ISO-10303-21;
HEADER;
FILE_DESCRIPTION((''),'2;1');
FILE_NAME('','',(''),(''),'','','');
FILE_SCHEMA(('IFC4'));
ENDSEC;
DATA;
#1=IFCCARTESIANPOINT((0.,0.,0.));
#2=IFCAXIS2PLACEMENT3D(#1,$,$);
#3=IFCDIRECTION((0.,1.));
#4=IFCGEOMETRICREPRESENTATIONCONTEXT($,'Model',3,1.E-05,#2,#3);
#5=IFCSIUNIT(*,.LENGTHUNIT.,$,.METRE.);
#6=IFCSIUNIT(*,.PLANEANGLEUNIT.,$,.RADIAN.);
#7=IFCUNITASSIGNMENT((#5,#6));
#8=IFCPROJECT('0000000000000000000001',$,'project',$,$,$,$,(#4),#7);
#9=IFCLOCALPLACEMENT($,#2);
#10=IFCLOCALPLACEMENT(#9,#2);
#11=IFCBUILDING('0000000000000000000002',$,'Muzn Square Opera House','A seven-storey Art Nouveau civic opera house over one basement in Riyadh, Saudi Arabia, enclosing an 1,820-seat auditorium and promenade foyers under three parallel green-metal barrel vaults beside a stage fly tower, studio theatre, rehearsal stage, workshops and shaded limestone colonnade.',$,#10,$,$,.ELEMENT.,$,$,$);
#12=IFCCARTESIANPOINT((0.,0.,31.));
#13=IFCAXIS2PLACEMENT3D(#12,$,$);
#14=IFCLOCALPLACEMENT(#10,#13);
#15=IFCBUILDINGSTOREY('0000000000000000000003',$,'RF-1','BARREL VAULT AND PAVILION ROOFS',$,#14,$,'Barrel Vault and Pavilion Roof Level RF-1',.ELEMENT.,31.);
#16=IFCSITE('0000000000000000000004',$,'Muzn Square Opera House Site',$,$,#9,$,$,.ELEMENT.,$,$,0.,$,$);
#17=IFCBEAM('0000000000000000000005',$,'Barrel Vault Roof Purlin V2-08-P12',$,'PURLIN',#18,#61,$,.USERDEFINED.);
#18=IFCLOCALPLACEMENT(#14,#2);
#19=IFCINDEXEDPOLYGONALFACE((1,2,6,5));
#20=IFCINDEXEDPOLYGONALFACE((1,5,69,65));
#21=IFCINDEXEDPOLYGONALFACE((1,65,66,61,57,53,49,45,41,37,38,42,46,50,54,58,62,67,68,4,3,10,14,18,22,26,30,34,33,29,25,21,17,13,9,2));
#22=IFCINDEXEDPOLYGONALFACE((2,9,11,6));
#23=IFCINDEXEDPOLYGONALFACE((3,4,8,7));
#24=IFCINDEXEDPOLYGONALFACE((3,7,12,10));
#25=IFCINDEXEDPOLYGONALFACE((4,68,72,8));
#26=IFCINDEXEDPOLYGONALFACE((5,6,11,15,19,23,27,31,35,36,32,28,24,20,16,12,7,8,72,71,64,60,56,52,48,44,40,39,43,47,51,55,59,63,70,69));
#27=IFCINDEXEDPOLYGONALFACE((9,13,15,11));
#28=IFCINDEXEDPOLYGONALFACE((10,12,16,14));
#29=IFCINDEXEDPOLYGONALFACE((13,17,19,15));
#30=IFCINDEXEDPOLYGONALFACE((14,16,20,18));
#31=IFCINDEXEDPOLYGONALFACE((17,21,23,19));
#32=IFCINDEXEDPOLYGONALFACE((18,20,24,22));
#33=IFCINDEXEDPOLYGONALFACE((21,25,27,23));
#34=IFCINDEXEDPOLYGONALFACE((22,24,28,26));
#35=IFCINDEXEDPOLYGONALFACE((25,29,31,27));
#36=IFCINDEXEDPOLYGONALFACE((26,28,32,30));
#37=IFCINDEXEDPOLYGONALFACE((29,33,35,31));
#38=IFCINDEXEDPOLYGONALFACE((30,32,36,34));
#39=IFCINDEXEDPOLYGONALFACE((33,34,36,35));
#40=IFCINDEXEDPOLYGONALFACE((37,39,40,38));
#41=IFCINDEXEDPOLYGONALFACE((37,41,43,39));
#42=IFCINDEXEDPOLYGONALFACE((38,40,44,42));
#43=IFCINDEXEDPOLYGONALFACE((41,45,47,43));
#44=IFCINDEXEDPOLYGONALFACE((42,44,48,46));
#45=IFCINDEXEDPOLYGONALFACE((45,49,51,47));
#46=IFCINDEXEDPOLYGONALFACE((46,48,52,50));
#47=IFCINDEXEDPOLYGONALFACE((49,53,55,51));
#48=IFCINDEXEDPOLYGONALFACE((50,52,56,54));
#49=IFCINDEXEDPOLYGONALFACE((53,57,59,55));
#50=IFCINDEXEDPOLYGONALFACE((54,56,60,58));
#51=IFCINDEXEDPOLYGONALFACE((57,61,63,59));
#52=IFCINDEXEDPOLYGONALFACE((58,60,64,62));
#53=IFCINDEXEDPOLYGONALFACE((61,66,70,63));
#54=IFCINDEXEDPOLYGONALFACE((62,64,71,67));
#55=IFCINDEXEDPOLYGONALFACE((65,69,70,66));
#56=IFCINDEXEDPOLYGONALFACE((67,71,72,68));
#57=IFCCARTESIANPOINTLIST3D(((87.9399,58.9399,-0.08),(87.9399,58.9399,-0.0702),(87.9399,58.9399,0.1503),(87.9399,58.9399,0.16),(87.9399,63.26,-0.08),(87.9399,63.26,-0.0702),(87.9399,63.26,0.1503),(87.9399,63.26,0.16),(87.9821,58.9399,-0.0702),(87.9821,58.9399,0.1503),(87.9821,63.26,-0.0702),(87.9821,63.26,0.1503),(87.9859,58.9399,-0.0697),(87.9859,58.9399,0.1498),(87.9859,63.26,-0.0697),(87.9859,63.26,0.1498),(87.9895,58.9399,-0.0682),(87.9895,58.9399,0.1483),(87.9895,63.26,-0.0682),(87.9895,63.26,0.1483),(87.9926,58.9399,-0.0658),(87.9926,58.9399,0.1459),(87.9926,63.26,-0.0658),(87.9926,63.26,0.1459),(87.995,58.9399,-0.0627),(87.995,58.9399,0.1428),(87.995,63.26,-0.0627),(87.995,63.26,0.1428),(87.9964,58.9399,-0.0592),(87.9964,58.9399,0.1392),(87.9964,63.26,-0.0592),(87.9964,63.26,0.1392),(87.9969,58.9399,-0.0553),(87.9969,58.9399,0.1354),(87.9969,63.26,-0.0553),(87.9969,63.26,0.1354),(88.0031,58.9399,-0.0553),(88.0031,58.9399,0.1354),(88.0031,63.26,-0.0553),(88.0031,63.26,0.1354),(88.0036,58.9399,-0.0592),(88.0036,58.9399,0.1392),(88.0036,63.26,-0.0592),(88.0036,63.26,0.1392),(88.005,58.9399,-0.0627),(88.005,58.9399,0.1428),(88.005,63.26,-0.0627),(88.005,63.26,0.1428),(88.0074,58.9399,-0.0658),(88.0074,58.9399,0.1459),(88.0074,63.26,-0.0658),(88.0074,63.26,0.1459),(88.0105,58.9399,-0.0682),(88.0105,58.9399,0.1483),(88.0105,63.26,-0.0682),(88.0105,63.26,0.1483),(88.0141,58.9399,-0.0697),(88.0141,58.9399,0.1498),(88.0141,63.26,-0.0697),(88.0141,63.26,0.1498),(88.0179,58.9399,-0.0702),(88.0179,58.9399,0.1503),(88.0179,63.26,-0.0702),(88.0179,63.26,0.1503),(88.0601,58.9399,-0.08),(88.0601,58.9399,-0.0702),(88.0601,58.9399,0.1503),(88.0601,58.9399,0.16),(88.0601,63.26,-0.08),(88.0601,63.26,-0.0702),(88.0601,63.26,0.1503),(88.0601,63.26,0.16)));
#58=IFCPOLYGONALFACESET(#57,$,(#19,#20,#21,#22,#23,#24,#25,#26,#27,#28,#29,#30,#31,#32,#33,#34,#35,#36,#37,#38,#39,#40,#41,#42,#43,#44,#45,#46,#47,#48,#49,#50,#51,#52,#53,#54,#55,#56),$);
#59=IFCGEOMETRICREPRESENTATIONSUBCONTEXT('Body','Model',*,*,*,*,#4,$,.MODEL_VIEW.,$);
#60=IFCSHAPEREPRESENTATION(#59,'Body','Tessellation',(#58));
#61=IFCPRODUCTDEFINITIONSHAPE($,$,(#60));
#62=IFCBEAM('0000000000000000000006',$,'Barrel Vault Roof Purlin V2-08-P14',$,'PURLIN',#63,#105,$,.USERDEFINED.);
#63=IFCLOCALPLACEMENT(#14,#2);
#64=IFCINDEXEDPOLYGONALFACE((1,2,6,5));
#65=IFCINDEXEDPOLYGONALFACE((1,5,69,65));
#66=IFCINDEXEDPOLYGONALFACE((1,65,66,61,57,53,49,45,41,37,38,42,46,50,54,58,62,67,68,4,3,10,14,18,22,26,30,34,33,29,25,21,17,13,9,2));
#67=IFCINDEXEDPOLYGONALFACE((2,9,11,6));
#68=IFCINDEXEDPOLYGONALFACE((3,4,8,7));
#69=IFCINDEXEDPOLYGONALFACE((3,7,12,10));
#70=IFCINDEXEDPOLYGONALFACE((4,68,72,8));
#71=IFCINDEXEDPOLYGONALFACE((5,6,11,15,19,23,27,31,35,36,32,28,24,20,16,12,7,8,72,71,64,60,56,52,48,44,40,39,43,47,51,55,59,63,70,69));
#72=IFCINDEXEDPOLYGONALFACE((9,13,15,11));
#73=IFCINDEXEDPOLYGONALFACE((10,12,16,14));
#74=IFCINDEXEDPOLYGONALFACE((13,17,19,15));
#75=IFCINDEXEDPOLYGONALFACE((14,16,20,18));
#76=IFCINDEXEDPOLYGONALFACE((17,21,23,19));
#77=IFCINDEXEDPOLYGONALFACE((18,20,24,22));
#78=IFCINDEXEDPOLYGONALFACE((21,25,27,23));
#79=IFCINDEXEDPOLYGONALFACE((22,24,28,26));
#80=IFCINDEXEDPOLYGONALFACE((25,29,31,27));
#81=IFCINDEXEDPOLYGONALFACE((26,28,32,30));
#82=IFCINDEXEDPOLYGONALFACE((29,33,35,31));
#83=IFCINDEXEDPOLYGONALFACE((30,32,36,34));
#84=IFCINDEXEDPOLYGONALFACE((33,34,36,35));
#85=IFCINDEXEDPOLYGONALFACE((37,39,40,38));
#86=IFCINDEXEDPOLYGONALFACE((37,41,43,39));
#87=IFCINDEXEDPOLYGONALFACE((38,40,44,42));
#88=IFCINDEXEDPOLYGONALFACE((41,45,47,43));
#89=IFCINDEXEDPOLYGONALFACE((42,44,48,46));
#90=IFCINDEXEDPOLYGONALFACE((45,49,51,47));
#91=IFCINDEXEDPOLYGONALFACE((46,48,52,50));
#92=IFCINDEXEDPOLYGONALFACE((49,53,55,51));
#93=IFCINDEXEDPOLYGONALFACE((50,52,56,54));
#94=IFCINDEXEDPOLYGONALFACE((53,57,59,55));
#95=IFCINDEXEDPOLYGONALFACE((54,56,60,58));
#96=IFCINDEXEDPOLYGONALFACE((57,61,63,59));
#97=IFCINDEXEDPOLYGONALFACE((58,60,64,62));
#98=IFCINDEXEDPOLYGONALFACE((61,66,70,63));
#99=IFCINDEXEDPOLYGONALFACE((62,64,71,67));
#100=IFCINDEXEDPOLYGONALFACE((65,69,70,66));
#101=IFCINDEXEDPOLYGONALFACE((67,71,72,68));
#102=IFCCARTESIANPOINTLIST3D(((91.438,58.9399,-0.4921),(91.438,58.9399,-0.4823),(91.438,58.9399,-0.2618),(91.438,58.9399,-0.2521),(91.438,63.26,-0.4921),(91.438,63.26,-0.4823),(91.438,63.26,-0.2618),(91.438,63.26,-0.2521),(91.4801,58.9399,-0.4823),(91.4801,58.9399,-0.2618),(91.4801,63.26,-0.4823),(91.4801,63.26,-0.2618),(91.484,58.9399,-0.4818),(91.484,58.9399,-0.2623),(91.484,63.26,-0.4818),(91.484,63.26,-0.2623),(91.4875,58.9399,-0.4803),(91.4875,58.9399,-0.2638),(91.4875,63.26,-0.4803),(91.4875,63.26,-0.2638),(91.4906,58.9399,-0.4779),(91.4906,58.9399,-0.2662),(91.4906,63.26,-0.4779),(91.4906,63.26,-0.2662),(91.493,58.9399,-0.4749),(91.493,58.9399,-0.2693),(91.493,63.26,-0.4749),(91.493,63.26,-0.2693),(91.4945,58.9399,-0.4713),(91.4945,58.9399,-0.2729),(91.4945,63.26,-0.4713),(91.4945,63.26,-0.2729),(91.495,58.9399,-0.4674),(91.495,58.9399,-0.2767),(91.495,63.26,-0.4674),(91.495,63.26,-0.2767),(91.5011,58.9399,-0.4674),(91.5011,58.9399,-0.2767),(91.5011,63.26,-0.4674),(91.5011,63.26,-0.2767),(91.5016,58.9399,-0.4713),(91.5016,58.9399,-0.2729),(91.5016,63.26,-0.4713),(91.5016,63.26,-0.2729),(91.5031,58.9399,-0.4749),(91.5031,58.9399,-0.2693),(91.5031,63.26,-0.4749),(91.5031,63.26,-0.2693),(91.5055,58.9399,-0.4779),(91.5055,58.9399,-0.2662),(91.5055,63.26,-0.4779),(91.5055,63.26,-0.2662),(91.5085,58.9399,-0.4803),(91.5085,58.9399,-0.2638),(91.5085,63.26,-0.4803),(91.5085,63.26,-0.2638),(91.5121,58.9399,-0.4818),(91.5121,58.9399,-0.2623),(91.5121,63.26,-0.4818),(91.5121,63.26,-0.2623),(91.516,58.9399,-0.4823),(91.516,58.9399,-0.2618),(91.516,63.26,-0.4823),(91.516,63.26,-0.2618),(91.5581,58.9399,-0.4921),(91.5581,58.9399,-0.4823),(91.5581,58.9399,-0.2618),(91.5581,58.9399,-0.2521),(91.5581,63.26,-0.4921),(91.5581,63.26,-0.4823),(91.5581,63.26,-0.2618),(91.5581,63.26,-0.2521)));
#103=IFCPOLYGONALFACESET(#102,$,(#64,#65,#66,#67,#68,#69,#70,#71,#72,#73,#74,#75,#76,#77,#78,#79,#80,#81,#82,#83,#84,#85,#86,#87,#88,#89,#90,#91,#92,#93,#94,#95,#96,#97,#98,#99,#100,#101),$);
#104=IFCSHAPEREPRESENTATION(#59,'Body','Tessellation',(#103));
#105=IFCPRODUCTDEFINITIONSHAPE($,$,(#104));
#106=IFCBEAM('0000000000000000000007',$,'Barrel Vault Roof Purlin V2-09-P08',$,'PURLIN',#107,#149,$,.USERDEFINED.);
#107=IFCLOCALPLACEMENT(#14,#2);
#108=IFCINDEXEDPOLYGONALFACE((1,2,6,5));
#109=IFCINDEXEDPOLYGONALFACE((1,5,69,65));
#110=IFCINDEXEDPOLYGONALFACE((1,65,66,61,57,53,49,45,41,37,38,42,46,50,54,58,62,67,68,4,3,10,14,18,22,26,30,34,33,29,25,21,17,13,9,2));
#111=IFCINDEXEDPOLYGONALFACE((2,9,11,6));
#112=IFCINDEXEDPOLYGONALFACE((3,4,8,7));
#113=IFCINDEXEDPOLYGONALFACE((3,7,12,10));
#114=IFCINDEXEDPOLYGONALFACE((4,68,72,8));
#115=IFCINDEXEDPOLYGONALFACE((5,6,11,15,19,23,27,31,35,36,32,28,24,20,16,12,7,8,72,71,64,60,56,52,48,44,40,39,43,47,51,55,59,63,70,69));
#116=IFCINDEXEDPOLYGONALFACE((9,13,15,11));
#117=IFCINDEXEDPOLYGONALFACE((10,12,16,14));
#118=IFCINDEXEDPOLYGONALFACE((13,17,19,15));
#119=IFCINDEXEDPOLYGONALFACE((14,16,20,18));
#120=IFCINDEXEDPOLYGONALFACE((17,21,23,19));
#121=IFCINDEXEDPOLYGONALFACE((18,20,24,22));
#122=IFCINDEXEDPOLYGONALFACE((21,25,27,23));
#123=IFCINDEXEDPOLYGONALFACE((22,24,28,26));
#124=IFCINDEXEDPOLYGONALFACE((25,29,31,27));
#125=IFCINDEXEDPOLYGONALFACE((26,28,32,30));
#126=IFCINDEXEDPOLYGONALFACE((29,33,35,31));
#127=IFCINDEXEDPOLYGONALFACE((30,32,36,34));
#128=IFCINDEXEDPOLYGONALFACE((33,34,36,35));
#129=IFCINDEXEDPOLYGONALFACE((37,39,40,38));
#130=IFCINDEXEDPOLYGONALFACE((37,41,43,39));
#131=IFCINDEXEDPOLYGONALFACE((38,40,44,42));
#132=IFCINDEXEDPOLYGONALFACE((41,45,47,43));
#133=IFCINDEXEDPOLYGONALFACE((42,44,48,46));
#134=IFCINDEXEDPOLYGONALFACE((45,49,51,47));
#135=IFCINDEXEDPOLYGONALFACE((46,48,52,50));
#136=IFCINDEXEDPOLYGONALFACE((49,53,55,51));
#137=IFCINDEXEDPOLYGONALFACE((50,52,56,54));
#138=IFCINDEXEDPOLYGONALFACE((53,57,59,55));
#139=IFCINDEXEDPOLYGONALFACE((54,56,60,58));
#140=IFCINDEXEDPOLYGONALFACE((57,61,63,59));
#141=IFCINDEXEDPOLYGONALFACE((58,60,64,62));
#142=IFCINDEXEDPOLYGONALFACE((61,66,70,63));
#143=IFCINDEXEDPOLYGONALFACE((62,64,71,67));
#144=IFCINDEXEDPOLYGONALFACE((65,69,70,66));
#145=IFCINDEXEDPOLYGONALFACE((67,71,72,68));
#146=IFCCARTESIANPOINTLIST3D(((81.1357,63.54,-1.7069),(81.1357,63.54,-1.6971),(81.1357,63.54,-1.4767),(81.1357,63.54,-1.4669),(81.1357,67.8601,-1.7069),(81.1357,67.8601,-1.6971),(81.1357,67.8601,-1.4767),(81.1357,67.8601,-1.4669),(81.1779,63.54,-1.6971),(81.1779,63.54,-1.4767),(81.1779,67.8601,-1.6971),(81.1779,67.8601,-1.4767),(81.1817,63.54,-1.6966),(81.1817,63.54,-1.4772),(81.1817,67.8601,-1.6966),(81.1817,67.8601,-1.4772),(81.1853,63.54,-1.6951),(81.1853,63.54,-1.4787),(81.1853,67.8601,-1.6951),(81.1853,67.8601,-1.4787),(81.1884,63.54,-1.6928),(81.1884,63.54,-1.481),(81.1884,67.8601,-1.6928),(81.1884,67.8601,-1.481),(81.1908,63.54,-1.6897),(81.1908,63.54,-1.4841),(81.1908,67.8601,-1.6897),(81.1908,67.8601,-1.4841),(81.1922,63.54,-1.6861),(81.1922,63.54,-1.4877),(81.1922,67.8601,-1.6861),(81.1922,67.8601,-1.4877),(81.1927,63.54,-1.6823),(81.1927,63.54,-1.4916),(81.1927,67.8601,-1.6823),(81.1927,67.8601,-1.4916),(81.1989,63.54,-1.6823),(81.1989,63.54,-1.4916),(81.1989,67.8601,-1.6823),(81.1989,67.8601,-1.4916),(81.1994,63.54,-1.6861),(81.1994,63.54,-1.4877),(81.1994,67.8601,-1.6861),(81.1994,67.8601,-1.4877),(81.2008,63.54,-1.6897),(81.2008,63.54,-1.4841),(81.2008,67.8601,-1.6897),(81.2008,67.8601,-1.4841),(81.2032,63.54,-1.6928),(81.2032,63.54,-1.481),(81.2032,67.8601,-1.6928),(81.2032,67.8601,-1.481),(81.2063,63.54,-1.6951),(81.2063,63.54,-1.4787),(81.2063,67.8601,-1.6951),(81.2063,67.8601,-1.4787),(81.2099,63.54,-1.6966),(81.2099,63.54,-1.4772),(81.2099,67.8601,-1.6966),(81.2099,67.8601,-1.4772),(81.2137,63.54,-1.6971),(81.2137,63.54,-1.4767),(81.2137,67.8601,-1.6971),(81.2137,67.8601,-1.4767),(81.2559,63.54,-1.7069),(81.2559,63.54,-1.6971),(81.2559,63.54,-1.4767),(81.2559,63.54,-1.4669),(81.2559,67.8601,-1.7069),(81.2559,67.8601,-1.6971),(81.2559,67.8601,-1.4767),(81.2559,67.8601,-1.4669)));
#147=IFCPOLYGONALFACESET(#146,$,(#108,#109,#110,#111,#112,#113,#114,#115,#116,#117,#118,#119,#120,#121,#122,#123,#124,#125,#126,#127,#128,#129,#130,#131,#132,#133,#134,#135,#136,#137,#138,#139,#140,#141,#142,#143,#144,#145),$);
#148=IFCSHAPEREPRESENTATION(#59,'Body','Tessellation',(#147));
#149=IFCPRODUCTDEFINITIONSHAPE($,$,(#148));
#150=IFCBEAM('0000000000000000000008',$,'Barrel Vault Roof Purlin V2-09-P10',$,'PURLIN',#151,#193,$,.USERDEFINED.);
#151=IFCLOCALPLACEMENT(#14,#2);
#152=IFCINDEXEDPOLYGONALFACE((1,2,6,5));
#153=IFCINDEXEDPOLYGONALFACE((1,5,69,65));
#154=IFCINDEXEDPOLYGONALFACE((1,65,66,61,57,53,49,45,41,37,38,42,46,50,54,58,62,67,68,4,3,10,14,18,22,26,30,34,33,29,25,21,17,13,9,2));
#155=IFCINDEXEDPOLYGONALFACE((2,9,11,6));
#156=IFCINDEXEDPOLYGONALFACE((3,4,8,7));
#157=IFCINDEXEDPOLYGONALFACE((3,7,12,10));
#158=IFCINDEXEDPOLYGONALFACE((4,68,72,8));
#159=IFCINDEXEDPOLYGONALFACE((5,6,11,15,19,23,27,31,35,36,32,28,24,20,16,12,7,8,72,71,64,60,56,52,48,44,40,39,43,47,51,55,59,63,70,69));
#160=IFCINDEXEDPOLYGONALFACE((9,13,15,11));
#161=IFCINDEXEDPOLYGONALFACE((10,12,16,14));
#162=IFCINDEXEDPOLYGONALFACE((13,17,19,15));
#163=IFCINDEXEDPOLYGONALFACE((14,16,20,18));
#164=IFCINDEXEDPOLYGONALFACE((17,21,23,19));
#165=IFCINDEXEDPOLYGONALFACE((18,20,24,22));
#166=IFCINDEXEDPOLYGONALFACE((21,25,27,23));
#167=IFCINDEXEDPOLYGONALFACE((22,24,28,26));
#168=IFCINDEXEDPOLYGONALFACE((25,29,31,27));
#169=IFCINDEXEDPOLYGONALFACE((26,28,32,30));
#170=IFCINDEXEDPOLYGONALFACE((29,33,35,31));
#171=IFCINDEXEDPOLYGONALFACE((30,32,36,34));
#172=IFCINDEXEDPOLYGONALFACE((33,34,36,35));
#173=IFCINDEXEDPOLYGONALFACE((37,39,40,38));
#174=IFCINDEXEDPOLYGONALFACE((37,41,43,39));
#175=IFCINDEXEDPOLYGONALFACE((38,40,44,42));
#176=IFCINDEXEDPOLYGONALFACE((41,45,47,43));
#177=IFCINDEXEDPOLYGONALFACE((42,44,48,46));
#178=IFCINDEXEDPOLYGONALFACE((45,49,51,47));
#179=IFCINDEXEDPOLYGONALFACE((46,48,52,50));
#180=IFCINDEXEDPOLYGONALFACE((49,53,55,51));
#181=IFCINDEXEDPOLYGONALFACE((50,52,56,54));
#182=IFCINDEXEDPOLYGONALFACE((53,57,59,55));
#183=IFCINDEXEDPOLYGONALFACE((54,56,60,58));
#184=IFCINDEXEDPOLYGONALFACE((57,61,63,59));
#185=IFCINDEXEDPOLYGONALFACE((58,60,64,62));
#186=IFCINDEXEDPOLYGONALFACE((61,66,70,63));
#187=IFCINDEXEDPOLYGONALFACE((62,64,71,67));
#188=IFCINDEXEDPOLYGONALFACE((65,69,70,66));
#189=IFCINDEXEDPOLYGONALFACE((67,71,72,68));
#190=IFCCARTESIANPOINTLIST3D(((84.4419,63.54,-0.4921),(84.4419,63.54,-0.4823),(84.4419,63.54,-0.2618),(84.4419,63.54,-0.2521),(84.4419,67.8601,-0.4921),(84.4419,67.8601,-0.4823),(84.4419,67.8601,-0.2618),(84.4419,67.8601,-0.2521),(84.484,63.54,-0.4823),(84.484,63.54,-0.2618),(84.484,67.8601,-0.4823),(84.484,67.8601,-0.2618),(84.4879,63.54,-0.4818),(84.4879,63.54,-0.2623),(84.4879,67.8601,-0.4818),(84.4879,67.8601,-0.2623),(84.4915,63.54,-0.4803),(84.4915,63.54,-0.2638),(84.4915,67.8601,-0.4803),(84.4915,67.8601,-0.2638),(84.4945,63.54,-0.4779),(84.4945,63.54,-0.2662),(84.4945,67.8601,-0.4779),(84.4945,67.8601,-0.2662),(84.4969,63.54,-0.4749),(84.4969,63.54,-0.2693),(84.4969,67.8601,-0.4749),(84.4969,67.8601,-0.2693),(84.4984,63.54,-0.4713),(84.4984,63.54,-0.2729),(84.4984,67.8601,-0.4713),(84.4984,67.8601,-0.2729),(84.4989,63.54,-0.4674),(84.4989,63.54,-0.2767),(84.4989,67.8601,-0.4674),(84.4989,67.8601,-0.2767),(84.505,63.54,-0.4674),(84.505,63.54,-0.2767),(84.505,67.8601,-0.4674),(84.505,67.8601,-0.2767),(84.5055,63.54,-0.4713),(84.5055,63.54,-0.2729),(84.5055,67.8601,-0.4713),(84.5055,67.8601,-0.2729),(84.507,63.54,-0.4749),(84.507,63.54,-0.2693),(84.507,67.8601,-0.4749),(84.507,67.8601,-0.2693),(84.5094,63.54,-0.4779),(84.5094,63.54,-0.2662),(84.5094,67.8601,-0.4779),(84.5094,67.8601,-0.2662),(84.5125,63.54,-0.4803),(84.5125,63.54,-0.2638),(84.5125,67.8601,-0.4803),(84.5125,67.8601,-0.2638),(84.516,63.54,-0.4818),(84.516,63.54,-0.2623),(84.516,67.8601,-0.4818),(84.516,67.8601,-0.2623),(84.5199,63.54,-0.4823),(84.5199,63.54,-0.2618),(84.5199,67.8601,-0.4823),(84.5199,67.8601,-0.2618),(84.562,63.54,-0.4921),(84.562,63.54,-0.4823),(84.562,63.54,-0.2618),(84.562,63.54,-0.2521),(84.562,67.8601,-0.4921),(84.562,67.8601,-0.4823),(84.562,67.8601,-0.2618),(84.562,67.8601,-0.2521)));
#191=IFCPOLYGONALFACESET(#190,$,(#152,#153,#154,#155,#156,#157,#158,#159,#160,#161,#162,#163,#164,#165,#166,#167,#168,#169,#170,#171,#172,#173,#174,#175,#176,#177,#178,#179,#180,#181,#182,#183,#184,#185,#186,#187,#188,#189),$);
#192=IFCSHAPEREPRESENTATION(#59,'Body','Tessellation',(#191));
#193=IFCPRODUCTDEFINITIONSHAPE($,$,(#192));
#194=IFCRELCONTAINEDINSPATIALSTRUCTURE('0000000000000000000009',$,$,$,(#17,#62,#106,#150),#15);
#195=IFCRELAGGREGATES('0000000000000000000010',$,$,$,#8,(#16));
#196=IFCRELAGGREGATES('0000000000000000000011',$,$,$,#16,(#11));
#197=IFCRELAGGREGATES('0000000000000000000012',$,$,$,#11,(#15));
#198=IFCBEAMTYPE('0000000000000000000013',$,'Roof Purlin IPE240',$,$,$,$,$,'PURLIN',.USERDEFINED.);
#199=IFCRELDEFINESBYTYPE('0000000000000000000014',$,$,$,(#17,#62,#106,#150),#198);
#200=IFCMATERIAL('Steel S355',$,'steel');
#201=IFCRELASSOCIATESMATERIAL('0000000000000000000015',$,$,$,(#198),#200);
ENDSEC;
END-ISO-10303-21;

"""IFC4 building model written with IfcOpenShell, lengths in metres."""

from ifc_helpers import new_model, si_unit, direction, frame, origin, origin_2d, place, context, subcontext, project, spatial, i_section, extrude, material, material_profile, profile_set, type_object, element, save


model = new_model("IFC4")

# Units and contexts
model_context = context("Model", 3, precision=1e-05, world=origin(), true_north=direction((0.0, 1.0)))
body_context = subcontext(model_context, "Body", "Model", "MODEL_VIEW")
ifc_project = project(units=[si_unit("LENGTHUNIT", "METRE"), si_unit("PLANEANGLEUNIT", "RADIAN")], contexts=[model_context])

# Site, building, storey
site_placement = place(None, origin())
site = spatial("IfcSite", under=ifc_project, at=site_placement, Name="Muzn Square Opera House Site", CompositionType="ELEMENT", RefElevation=0.0)
building_placement = place(site_placement, origin())
building = spatial("IfcBuilding", under=site, at=building_placement, Name="Muzn Square Opera House", Description="A seven-storey Art Nouveau civic opera house over one basement in Riyadh, Saudi Arabia, enclosing an 1,820-seat auditorium and promenade foyers under three parallel green-metal barrel vaults beside a stage fly tower, studio theatre, rehearsal stage, workshops and shaded limestone colonnade.", CompositionType="ELEMENT")
storey_placement = place(building_placement, frame((0.0, 0.0, 31.0)))
storey = spatial("IfcBuildingStorey", under=building, at=storey_placement, Name="RF-1", Description="BARREL VAULT AND PAVILION ROOFS", LongName="Barrel Vault and Pavilion Roof Level RF-1", CompositionType="ELEMENT", Elevation=31.0)

# Beams
ifc_material_1 = material(Name="Steel S355", Category="steel")
ifc_material_profile_1 = material_profile(ifc_material_1, i_section(OverallWidth=0.1201, OverallDepth=0.24, WebThickness=0.0061, FlangeThickness=0.0098, FilletRadius=0.0149, at=origin_2d()), Name="IPE 240", Category="steel")
ifc_profile_set_1 = profile_set([ifc_material_profile_1], Name="Steel S355")
beam_type_1 = type_object("IfcBeamType", Name="Roof Purlin IPE240", ElementType="PURLIN", PredefinedType="USERDEFINED", material=ifc_profile_set_1)
for number, where, z_axis, x_axis, name in (
    (1, (88.0, 58.9399, 0.04), (0.0, 1.0, 0.0), (-1.0, 0.0, 0.0), "Barrel Vault Roof Purlin V2-08-P12"),
    (2, (91.498, 58.9399, -0.3721), (0.0, 1.0, 0.0), (-1.0, 0.0, 0.0), "Barrel Vault Roof Purlin V2-08-P14"),
    (3, (81.1958, 63.54, -1.5869), (0.0, 1.0, 0.0), (-1.0, 0.0, 0.0), "Barrel Vault Roof Purlin V2-09-P08"),
    (4, (84.502, 63.54, -0.3721), (0.0, 1.0, 0.0), (-1.0, 0.0, 0.0), "Barrel Vault Roof Purlin V2-09-P10"),
):
    element("IfcBeam", number, at=place(storey_placement, frame(where, z_axis=z_axis, x_axis=x_axis)), inside=storey, type_object=beam_type_1, Name=name, ObjectType="PURLIN", PredefinedType="USERDEFINED", context=body_context, shape_type="SweptSolid", body=[
        extrude(i_section(OverallWidth=0.1201, OverallDepth=0.24, WebThickness=0.0061, FlangeThickness=0.0098, FilletRadius=0.0149, at=origin_2d()), origin(), (0.0, 0.0, 1.0), 4.3201),
    ])

save(model, "model.ifc")
